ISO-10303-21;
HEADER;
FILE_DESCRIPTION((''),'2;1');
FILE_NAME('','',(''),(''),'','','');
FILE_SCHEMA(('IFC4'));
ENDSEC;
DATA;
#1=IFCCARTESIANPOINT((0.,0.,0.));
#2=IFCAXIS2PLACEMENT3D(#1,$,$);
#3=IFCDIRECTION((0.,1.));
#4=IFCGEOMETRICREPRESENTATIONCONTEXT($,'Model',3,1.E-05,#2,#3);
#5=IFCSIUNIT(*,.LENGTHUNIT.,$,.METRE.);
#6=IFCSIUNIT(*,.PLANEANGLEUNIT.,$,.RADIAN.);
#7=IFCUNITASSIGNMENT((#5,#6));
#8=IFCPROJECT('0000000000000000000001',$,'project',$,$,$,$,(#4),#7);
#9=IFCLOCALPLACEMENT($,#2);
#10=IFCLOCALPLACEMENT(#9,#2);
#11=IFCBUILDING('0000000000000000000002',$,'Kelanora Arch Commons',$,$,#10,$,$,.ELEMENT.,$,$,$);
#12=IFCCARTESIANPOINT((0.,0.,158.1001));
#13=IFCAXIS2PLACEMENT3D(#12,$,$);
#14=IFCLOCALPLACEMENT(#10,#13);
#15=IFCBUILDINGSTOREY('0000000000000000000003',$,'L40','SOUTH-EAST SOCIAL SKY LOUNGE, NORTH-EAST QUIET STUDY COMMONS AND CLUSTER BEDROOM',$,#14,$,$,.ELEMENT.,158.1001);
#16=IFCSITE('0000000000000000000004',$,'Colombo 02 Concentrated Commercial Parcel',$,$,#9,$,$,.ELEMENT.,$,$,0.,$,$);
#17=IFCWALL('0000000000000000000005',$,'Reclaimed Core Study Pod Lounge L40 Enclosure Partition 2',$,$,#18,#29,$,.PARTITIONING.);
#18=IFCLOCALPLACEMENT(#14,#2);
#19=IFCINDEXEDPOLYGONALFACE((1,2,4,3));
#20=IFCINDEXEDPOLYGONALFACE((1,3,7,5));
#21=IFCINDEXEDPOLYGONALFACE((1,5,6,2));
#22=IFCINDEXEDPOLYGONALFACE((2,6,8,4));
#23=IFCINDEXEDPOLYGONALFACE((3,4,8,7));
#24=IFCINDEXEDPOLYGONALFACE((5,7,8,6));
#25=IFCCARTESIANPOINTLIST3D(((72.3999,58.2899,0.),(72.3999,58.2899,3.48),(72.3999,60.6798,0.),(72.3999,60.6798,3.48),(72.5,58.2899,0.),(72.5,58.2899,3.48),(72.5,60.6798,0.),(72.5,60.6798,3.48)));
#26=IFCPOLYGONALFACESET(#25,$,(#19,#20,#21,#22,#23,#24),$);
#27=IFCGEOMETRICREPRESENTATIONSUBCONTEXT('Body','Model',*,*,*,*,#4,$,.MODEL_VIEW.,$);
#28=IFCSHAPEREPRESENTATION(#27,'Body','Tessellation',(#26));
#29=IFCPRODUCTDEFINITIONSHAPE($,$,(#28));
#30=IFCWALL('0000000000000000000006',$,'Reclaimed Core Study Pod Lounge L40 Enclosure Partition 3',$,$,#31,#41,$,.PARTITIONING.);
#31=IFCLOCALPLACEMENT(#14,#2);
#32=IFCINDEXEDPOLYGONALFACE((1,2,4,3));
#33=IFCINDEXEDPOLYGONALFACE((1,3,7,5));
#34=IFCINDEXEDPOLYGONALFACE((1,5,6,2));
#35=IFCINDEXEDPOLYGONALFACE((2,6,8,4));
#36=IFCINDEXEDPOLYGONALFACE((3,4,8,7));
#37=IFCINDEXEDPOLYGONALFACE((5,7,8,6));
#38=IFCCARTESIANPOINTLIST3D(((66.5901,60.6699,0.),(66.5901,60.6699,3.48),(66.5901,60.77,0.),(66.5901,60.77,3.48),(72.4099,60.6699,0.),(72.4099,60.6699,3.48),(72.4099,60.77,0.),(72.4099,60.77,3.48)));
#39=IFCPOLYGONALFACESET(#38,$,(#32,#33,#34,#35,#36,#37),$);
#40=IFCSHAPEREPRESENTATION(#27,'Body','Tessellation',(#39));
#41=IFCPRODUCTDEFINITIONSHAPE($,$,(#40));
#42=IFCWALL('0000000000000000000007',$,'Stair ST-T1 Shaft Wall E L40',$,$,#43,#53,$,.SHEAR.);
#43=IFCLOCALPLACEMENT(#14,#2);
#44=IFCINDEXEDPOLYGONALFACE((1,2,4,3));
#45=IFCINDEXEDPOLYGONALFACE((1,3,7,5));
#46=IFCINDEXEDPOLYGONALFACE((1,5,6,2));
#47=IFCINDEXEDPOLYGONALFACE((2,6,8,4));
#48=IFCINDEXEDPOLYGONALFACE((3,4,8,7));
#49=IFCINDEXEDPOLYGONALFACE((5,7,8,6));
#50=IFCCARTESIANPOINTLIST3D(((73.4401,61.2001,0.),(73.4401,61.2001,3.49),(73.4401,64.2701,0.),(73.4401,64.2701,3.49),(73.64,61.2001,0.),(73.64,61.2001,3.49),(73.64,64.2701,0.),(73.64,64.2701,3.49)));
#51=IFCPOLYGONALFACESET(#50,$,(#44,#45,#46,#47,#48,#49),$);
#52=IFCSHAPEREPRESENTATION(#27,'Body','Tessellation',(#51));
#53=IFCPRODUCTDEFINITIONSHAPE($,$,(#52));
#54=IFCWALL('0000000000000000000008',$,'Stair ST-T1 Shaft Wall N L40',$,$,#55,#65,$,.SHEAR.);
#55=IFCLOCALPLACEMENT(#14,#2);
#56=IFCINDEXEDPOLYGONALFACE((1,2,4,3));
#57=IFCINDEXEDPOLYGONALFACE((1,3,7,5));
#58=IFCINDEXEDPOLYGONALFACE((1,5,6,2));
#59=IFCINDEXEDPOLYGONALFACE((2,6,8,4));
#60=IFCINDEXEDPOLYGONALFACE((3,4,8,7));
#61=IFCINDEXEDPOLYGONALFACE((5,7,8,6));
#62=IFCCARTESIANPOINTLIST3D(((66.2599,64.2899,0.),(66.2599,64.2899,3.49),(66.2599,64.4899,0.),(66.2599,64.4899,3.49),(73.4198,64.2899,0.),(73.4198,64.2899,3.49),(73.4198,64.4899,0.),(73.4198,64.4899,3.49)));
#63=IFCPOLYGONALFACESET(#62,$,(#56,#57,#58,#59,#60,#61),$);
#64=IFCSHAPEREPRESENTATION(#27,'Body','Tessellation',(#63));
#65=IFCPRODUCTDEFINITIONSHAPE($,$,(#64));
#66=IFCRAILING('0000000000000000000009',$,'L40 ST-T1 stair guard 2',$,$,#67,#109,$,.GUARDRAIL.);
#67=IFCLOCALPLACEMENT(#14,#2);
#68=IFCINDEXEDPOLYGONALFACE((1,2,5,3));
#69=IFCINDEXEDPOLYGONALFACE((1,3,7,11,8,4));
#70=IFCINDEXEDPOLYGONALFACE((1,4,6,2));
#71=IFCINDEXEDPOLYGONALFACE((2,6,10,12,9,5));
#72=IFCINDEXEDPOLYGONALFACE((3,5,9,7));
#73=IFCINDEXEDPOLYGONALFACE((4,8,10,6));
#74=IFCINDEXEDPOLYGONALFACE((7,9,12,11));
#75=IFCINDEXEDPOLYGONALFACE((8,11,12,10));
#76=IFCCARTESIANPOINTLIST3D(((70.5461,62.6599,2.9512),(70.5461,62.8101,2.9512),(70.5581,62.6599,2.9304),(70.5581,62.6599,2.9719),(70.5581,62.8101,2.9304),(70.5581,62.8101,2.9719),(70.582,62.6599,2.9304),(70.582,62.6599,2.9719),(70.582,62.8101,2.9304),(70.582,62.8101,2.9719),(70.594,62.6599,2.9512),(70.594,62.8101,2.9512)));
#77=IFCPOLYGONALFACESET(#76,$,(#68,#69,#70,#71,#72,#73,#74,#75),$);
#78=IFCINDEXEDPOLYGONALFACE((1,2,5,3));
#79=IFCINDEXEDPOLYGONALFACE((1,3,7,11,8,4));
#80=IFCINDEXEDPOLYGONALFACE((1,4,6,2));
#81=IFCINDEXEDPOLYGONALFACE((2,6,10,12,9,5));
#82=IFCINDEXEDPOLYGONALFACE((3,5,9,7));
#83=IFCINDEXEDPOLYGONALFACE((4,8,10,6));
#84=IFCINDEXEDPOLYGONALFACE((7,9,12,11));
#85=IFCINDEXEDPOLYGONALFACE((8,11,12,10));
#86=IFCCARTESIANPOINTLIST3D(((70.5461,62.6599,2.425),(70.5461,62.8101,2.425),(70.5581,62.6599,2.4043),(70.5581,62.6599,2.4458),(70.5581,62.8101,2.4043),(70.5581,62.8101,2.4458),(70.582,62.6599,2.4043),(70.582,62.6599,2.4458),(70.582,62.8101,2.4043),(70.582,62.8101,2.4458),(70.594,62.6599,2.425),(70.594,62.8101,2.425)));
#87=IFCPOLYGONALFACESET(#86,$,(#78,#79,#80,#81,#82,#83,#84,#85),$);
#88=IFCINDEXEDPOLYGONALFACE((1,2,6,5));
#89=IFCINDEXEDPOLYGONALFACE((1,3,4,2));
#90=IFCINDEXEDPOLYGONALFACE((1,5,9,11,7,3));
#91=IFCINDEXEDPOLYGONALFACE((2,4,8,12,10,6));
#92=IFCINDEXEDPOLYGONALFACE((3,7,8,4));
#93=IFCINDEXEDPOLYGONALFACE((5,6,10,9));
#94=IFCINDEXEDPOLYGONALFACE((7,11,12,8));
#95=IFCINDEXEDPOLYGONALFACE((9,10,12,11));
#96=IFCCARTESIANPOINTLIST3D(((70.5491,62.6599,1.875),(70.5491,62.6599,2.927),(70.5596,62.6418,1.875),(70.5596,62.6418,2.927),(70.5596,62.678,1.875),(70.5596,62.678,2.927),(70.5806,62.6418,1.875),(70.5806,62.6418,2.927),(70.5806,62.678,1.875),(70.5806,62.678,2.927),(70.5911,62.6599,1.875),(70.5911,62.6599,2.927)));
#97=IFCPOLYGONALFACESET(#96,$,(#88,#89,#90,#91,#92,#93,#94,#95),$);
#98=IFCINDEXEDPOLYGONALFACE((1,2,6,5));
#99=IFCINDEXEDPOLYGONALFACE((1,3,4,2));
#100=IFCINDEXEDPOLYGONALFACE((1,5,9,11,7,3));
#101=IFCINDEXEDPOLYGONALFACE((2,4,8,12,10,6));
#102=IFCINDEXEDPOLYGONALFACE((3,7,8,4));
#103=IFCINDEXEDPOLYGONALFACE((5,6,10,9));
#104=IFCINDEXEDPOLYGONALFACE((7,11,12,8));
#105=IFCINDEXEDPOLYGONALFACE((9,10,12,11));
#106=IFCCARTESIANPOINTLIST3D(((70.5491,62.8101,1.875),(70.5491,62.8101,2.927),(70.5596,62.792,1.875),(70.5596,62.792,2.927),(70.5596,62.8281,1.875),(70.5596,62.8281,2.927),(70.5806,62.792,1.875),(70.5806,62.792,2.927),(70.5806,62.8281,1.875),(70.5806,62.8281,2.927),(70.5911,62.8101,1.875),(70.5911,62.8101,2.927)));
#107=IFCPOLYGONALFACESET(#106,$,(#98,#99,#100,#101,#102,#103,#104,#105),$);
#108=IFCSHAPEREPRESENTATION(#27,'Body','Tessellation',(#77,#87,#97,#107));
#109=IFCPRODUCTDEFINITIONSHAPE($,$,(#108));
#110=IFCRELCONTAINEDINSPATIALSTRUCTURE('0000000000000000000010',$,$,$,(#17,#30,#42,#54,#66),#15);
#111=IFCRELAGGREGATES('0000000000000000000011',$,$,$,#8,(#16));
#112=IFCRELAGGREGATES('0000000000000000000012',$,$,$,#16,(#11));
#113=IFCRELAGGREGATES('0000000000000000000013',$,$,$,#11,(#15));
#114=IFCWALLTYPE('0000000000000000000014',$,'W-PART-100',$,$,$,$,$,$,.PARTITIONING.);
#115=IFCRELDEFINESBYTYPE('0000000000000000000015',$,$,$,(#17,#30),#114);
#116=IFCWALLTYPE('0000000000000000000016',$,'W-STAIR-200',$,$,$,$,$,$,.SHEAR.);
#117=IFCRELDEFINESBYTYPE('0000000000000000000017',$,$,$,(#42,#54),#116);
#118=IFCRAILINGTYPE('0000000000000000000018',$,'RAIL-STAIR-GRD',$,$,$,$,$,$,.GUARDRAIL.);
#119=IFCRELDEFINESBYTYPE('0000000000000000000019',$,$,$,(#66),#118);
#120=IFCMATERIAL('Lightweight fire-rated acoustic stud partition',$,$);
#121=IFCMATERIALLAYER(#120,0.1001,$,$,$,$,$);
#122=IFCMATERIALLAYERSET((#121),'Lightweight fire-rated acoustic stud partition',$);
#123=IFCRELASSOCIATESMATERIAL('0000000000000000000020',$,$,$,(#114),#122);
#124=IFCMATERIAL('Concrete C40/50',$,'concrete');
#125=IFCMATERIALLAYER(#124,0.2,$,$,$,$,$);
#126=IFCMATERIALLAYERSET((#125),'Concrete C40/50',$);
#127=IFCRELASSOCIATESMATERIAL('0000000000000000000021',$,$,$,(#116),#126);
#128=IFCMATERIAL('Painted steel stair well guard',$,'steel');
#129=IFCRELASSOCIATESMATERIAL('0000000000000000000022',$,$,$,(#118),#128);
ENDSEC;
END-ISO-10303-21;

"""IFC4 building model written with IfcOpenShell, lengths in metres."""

from ifc_helpers import new_model, si_unit, direction, frame, frame_2d, origin, place, context, subcontext, project, spatial, polyline, rectangle, outline, extrude, material, layer, layer_set, type_object, element, save


model = new_model("IFC4")

# Units and contexts
model_context = context("Model", 3, precision=1e-05, world=origin(), true_north=direction((0.0, 1.0)))
body_context = subcontext(model_context, "Body", "Model", "MODEL_VIEW")
ifc_project = project(units=[si_unit("LENGTHUNIT", "METRE"), si_unit("PLANEANGLEUNIT", "RADIAN")], contexts=[model_context])

# Site, building, storey
site_placement = place(None, origin())
site = spatial("IfcSite", under=ifc_project, at=site_placement, Name="Colombo 02 Concentrated Commercial Parcel", CompositionType="ELEMENT", RefElevation=0.0)
building_placement = place(site_placement, origin())
building = spatial("IfcBuilding", under=site, at=building_placement, Name="Kelanora Arch Commons", CompositionType="ELEMENT")
storey_placement = place(building_placement, frame((0.0, 0.0, 158.1001)))
storey = spatial("IfcBuildingStorey", under=building, at=storey_placement, Name="L40", Description="SOUTH-EAST SOCIAL SKY LOUNGE, NORTH-EAST QUIET STUDY COMMONS AND CLUSTER BEDROOM", CompositionType="ELEMENT", Elevation=158.1001)

# Shared definitions
ifc_material_1 = material(Name="Concrete C40/50", Category="concrete")

# Walls
ifc_material_2 = material(Name="Lightweight fire-rated acoustic stud partition")
ifc_layer_1 = layer(ifc_material_2, 0.1001)
ifc_layer_set_1 = layer_set([ifc_layer_1], Name="Lightweight fire-rated acoustic stud partition")
wall_type_1 = type_object("IfcWallType", Name="W-PART-100", PredefinedType="PARTITIONING", material=ifc_layer_set_1)
wall_1_placement = place(storey_placement, frame((72.45, 58.29, 0.0), z_axis=(0.0, 0.0, 1.0), x_axis=(0.0, 1.0, 0.0)))
element("IfcWall", 1, at=wall_1_placement, inside=storey, type_object=wall_type_1, Name="Reclaimed Core Study Pod Lounge L40 Enclosure Partition 2", PredefinedType="PARTITIONING", context=body_context, shape_type="SweptSolid", body=[
    extrude(rectangle(XDim=2.3899, YDim=0.1001, at=frame_2d((1.1948, 0.0))), origin(), (0.0, 0.0, 1.0), 3.48),
])
wall_2_placement = place(storey_placement, frame((72.4099, 60.72, 0.0), z_axis=(0.0, 0.0, 1.0), x_axis=(-1.0, 0.0, 0.0)))
element("IfcWall", 2, at=wall_2_placement, inside=storey, type_object=wall_type_1, Name="Reclaimed Core Study Pod Lounge L40 Enclosure Partition 3", PredefinedType="PARTITIONING", context=body_context, shape_type="SweptSolid", body=[
    extrude(rectangle(XDim=5.8198, YDim=0.1001, at=frame_2d((2.9099, 0.0))), origin(), (0.0, 0.0, 1.0), 3.48),
])
ifc_layer_2 = layer(ifc_material_1, 0.2)
ifc_layer_set_2 = layer_set([ifc_layer_2], Name="Concrete C40/50")
wall_type_2 = type_object("IfcWallType", Name="W-STAIR-200", PredefinedType="SHEAR", material=ifc_layer_set_2)
wall_3_placement = place(storey_placement, frame((73.54, 61.2, 0.0), z_axis=(0.0, 0.0, 1.0), x_axis=(0.0, 1.0, 0.0)))
element("IfcWall", 3, at=wall_3_placement, inside=storey, type_object=wall_type_2, Name="Stair ST-T1 Shaft Wall E L40", PredefinedType="SHEAR", context=body_context, shape_type="SweptSolid", body=[
    extrude(rectangle(XDim=3.0701, YDim=0.2, at=frame_2d((1.5352, 0.0))), origin(), (0.0, 0.0, 1.0), 3.49),
])
wall_4_placement = place(storey_placement, frame((73.4199, 64.3899, 0.0), z_axis=(0.0, 0.0, 1.0), x_axis=(-1.0, 0.0, 0.0)))
element("IfcWall", 4, at=wall_4_placement, inside=storey, type_object=wall_type_2, Name="Stair ST-T1 Shaft Wall N L40", PredefinedType="SHEAR", context=body_context, shape_type="SweptSolid", body=[
    extrude(rectangle(XDim=7.1599, YDim=0.2, at=frame_2d((3.5801, 0.0))), origin(), (0.0, 0.0, 1.0), 3.49),
])

# Railing
ifc_material_3 = material(Name="Painted steel stair well guard", Category="steel")
railing_type = type_object("IfcRailingType", Name="RAIL-STAIR-GRD", PredefinedType="GUARDRAIL", material=ifc_material_3)
railing_placement = place(storey_placement, frame((70.5701, 62.6599, 1.875)))
element("IfcRailing", 5, at=railing_placement, inside=storey, type_object=railing_type, Name="L40 ST-T1 stair guard 2", PredefinedType="GUARDRAIL", context=body_context, shape_type="SweptSolid", body=[
    extrude(outline(polyline([(0.0239, 0.0), (0.012, 0.0208), (-0.012, 0.0208), (-0.0239, 0.0), (-0.012, -0.0208), (0.012, -0.0208), (0.0239, 0.0)])), frame((0.0, 0.0, 1.0762), z_axis=(0.0, 1.0, 0.0), x_axis=(-1.0, 0.0, 0.0)), (0.0, 0.0, 1.0), 0.1501),
    extrude(outline(polyline([(0.0239, 0.0), (0.012, 0.0208), (-0.012, 0.0208), (-0.0239, 0.0), (-0.012, -0.0208), (0.012, -0.0208), (0.0239, 0.0)])), frame((0.0, 0.0, 0.55), z_axis=(0.0, 1.0, 0.0), x_axis=(-1.0, 0.0, 0.0)), (0.0, 0.0, 1.0), 0.1501),
    extrude(outline(polyline([(0.021, 0.0), (0.0105, 0.0181), (-0.0105, 0.0181), (-0.021, 0.0), (-0.0105, -0.0181), (0.0105, -0.0181), (0.021, 0.0)])), origin(), (0.0, 0.0, 1.0), 1.052),
    extrude(outline(polyline([(0.021, 0.0), (0.0105, 0.0181), (-0.0105, 0.0181), (-0.021, 0.0), (-0.0105, -0.0181), (0.0105, -0.0181), (0.021, 0.0)])), frame((0.0, 0.1501, 0.0)), (0.0, 0.0, 1.0), 1.052),
])

save(model, "model.ifc")
